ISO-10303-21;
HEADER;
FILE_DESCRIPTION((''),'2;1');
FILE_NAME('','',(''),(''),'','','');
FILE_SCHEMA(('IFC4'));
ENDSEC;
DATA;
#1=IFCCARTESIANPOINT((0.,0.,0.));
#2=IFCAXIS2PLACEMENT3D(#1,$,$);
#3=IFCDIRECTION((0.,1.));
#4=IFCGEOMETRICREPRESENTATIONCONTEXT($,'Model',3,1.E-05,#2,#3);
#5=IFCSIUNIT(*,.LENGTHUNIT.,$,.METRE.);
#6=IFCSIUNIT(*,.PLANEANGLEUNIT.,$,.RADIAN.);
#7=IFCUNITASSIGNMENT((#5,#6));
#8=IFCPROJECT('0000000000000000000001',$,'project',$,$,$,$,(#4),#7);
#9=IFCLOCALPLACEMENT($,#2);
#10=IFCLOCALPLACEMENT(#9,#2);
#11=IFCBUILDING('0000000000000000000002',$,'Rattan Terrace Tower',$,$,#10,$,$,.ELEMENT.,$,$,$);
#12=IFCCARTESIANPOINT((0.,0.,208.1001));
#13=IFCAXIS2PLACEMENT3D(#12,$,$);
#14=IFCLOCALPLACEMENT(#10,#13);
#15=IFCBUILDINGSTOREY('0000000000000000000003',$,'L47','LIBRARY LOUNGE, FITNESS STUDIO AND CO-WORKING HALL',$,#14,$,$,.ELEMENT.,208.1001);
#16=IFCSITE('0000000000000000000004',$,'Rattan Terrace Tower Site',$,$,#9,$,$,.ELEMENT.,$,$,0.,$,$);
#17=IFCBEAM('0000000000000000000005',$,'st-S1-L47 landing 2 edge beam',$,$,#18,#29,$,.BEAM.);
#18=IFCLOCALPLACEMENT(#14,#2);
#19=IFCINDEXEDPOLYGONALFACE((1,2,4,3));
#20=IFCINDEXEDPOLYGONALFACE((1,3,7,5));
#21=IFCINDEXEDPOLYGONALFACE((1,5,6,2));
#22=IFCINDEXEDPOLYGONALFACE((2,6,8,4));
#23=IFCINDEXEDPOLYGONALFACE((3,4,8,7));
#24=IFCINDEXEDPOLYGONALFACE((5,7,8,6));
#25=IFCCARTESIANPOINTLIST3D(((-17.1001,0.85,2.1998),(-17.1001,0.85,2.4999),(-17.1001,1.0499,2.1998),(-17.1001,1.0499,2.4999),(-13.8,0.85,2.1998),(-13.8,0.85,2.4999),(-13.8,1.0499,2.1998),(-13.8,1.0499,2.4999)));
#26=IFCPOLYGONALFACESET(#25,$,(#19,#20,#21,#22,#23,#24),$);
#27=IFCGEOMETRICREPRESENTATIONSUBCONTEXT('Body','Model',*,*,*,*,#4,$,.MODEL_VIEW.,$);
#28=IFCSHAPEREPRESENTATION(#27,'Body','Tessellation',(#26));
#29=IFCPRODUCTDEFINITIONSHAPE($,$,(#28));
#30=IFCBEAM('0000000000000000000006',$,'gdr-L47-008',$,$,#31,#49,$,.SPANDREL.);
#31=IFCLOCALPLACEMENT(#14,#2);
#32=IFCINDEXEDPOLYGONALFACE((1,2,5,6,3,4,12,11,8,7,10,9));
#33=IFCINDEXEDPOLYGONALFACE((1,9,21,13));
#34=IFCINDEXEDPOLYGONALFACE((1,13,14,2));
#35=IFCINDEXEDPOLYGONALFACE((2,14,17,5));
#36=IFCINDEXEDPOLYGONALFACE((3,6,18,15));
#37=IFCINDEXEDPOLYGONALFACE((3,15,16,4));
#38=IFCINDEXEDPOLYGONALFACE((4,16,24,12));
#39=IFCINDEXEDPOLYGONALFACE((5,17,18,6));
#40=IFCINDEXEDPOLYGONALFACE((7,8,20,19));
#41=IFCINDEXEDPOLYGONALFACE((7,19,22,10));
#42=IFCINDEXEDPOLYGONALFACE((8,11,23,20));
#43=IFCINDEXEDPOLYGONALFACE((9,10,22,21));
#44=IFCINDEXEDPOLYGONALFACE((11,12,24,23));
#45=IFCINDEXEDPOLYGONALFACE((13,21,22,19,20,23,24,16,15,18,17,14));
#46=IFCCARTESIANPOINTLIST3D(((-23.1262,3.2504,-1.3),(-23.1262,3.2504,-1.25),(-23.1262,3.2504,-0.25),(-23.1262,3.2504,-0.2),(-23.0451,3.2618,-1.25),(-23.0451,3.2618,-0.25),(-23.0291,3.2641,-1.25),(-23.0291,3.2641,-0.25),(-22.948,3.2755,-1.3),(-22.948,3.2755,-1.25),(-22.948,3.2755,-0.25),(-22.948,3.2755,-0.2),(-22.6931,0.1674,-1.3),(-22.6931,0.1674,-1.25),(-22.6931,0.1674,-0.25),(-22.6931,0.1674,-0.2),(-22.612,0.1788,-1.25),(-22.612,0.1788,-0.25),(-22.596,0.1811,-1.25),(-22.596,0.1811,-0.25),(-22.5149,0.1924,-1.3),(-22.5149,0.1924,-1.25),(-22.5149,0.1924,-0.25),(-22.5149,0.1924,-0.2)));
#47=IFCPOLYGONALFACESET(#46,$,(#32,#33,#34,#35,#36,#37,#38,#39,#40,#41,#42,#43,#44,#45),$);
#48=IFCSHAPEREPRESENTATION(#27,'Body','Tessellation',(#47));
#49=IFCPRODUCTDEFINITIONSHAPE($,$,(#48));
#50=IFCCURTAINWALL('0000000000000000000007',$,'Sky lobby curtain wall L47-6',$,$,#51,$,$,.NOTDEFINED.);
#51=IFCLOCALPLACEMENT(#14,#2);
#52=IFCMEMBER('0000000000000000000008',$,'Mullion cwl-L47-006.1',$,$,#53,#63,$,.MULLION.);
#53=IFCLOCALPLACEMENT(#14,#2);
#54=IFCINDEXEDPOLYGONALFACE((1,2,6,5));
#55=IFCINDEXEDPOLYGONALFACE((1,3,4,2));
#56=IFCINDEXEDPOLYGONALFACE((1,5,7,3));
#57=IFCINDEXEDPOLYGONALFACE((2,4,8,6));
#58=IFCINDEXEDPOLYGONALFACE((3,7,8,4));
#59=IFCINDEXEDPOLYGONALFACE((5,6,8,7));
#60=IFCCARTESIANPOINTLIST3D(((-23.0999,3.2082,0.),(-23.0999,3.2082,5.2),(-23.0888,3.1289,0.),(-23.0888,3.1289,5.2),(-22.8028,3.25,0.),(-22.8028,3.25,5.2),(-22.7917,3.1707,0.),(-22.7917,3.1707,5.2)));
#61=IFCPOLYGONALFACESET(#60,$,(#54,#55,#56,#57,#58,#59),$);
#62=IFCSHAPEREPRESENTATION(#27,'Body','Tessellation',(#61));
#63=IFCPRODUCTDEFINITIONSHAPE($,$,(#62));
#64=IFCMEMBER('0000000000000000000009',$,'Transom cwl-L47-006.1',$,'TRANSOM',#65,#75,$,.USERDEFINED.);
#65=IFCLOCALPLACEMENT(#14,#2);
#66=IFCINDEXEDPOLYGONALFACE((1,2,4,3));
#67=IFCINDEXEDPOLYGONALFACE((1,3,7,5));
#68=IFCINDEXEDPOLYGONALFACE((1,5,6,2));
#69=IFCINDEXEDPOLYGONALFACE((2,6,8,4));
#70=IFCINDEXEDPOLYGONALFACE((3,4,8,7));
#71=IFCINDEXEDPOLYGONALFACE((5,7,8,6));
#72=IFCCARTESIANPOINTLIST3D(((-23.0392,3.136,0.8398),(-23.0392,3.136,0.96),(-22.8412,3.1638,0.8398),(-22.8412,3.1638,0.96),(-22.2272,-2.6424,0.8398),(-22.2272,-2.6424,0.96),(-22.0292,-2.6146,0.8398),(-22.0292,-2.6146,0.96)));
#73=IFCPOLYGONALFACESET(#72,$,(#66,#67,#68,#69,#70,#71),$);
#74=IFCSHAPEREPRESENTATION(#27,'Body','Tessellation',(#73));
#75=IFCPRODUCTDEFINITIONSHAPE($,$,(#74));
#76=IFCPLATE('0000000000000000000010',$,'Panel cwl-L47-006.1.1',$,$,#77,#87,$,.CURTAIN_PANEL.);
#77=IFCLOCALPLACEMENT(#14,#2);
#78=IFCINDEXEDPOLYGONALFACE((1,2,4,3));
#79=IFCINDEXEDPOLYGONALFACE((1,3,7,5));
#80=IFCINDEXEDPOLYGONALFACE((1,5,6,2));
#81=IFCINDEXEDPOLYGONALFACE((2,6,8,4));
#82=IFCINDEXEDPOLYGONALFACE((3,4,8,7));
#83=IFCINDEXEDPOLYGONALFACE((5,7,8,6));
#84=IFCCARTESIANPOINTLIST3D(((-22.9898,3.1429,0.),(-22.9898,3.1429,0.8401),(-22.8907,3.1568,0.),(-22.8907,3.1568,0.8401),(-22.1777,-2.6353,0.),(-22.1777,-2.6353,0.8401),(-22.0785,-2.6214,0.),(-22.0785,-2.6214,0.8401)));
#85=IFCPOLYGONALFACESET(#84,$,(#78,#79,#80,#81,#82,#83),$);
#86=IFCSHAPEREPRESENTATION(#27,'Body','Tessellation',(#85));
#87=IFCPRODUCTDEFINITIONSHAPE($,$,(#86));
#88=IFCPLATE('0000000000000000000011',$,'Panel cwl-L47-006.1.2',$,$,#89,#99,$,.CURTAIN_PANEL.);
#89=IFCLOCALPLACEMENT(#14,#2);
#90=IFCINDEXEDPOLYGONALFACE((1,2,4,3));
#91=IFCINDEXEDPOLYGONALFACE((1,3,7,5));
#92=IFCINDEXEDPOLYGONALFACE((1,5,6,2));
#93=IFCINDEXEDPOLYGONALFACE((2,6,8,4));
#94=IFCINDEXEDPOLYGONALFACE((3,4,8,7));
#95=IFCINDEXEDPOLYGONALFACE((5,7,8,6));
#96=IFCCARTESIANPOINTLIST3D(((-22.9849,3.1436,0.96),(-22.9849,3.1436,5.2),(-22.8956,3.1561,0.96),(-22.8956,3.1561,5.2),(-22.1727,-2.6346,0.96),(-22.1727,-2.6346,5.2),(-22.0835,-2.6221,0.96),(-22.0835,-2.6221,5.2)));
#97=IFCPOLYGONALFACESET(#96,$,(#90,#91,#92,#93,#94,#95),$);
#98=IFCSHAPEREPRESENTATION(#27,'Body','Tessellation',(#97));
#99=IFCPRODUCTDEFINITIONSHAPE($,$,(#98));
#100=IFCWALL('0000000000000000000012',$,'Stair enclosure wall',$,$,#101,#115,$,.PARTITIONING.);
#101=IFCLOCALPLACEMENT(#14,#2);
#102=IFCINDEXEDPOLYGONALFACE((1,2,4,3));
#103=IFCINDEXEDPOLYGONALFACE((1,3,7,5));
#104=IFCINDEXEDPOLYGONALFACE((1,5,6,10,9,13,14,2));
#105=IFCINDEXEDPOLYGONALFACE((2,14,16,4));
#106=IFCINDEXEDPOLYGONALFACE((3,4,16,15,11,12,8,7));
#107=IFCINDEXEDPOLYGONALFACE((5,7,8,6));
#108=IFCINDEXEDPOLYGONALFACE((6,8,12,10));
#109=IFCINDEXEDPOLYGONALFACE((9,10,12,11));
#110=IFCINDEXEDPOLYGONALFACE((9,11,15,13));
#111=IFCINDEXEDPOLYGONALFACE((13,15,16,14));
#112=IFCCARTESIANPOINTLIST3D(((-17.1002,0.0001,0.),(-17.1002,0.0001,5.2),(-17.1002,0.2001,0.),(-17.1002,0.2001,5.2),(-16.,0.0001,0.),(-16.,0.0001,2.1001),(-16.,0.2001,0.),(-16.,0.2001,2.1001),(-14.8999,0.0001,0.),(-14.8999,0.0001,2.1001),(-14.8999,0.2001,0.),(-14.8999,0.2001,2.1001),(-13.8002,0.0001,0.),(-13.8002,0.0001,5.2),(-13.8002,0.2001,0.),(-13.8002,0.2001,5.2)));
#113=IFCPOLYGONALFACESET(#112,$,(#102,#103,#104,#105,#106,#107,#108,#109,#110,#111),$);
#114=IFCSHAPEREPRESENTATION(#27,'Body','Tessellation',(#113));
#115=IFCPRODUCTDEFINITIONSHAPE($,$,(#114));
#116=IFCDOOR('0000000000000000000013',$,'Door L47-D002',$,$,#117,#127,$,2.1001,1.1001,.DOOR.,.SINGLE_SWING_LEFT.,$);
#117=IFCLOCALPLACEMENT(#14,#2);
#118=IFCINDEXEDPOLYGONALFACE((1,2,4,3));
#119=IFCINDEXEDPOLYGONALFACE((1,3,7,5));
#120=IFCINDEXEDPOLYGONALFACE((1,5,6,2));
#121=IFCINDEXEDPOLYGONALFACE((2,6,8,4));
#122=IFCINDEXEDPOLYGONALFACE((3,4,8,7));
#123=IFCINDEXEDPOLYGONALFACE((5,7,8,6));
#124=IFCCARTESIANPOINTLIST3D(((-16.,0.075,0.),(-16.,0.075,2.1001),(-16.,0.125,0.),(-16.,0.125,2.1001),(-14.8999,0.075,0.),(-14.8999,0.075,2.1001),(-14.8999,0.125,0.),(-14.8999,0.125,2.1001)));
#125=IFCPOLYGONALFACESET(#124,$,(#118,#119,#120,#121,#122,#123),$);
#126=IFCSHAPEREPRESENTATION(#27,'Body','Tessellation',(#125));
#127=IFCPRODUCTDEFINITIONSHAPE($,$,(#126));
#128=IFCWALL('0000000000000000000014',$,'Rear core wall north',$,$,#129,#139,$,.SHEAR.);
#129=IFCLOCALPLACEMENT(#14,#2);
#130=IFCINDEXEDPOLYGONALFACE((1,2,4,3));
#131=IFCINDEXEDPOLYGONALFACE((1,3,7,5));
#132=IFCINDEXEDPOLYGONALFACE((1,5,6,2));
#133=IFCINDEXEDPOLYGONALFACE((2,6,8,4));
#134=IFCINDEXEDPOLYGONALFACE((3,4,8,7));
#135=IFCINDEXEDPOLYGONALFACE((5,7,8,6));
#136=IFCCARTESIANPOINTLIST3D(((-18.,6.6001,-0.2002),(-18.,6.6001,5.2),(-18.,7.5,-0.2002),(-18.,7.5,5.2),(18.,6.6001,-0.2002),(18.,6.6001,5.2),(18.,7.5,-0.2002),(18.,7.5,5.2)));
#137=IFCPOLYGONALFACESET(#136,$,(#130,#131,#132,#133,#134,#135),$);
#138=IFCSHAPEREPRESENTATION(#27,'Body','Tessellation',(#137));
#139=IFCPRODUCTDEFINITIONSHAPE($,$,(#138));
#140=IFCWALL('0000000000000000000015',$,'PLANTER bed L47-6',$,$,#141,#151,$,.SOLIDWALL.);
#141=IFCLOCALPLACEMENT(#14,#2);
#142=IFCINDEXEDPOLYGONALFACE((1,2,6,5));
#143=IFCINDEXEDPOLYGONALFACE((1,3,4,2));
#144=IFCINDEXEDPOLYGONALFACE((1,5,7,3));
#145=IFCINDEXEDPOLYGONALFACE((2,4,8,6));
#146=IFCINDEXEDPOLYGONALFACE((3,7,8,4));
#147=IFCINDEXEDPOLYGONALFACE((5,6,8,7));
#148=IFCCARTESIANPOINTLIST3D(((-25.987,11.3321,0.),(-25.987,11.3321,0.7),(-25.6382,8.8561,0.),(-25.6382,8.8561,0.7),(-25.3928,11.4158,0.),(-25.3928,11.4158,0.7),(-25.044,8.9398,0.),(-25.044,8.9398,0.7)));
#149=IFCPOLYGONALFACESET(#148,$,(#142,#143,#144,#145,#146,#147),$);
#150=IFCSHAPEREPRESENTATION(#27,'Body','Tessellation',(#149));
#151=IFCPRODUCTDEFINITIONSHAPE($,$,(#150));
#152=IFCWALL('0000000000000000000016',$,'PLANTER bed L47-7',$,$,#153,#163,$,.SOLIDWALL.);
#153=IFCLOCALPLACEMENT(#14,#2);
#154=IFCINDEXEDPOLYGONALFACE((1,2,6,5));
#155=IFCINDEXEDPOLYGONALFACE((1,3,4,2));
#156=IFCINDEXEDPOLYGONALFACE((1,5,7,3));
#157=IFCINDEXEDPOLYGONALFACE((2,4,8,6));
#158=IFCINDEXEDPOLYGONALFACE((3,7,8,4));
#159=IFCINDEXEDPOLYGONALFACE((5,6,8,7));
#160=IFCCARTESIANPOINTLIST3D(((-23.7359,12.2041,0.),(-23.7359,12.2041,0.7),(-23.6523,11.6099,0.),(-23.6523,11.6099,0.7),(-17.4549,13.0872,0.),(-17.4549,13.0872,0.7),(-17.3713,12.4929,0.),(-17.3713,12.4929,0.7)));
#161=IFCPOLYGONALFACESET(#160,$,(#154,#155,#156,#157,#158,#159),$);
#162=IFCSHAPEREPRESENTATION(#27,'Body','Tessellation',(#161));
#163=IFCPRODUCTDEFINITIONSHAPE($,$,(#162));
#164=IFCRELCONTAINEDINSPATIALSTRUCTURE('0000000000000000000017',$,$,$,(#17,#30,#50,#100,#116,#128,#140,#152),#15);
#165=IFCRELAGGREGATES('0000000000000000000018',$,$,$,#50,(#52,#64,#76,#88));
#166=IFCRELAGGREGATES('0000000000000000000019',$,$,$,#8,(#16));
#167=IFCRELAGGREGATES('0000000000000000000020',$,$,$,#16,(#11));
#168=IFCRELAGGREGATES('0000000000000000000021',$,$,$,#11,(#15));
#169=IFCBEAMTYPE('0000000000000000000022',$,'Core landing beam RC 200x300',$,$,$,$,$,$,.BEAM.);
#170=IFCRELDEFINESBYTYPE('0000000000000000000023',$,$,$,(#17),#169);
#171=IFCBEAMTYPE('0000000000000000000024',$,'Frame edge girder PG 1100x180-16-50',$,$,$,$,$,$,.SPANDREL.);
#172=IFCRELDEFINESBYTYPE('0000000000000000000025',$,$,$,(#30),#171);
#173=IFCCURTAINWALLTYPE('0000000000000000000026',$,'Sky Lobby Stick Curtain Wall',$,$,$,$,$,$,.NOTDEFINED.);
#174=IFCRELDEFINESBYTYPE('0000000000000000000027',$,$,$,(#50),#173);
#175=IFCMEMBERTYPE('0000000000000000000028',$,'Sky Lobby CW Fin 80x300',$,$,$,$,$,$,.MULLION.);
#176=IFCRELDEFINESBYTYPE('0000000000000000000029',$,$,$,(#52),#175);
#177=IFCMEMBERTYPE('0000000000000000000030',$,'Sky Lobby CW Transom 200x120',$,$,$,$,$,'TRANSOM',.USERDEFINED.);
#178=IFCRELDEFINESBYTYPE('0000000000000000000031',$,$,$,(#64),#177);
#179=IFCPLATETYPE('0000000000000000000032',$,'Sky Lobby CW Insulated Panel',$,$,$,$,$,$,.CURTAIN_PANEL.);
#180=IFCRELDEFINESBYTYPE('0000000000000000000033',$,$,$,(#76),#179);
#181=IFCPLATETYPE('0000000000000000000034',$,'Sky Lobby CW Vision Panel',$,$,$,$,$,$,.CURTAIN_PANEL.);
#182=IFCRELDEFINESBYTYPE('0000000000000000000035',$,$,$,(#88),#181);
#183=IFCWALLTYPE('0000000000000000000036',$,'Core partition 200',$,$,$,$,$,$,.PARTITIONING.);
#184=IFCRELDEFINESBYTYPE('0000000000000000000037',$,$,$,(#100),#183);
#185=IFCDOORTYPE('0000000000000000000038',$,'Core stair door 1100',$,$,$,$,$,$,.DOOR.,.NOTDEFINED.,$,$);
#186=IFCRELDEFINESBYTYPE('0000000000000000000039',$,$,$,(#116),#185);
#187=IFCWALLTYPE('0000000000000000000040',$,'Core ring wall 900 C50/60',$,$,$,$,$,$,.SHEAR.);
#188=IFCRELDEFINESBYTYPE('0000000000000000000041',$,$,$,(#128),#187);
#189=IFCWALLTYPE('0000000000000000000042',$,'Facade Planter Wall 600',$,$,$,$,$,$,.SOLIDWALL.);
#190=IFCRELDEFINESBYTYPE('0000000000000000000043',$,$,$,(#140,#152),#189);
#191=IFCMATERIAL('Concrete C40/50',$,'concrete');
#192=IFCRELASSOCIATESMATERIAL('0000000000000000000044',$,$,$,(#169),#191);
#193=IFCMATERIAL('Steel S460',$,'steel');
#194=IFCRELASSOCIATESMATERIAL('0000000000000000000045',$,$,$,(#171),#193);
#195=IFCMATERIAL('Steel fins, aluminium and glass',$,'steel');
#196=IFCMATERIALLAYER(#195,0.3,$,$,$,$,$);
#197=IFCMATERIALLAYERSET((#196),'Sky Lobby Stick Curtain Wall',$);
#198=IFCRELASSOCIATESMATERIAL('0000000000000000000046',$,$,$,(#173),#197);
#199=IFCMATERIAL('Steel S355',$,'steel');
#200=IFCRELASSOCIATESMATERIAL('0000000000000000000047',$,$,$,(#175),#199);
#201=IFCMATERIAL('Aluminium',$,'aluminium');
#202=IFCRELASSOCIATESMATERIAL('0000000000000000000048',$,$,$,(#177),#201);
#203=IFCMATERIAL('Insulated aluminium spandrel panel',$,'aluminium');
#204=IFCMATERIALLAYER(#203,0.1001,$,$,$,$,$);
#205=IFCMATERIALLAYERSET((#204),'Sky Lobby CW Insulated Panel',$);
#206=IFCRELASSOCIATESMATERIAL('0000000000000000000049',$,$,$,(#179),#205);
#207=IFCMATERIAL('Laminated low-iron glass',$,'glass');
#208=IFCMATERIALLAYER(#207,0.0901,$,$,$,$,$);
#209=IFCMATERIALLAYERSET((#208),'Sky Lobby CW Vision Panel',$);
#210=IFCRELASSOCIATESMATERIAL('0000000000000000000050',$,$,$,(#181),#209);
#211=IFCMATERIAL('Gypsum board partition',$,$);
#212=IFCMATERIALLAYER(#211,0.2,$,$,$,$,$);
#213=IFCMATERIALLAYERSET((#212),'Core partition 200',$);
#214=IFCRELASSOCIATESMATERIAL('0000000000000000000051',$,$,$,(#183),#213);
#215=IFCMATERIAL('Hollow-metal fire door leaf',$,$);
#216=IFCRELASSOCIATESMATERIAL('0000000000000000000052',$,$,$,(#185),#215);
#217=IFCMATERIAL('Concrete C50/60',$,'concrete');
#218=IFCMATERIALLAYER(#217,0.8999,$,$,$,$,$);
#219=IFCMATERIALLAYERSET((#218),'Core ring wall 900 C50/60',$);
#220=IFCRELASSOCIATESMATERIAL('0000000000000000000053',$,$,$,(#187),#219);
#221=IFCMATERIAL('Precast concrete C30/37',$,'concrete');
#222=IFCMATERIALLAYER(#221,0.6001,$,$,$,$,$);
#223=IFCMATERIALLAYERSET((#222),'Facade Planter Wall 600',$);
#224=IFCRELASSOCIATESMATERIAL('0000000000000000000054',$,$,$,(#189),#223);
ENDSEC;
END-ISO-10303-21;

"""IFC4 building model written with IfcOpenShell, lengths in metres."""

from ifc_helpers import new_model, si_unit, direction, frame, frame_2d, origin, origin_2d, place, context, subcontext, project, spatial, rectangle, i_section, extrude, material, layer, layer_set, material_profile, profile_set, type_object, element, fill, aggregate, save


model = new_model("IFC4")

# Units and contexts
model_context = context("Model", 3, precision=1e-05, world=origin(), true_north=direction((0.0, 1.0)))
body_context = subcontext(model_context, "Body", "Model", "MODEL_VIEW")
ifc_project = project(units=[si_unit("LENGTHUNIT", "METRE"), si_unit("PLANEANGLEUNIT", "RADIAN")], contexts=[model_context])

# Site, building, storey
site_placement = place(None, origin())
site = spatial("IfcSite", under=ifc_project, at=site_placement, Name="Rattan Terrace Tower Site", CompositionType="ELEMENT", RefElevation=0.0)
building_placement = place(site_placement, origin())
building = spatial("IfcBuilding", under=site, at=building_placement, Name="Rattan Terrace Tower", CompositionType="ELEMENT")
storey_placement = place(building_placement, frame((0.0, 0.0, 208.1001)))
storey = spatial("IfcBuildingStorey", under=building, at=storey_placement, Name="L47", Description="LIBRARY LOUNGE, FITNESS STUDIO AND CO-WORKING HALL", CompositionType="ELEMENT", Elevation=208.1001)

# Beams
ifc_material_1 = material(Name="Concrete C40/50", Category="concrete")
ifc_material_profile_1 = material_profile(ifc_material_1, rectangle(XDim=0.2, YDim=0.3, at=origin_2d()), Name="RC 200x300")
ifc_profile_set_1 = profile_set([ifc_material_profile_1], Name="Concrete C40/50")
beam_type_1 = type_object("IfcBeamType", Name="Core landing beam RC 200x300", PredefinedType="BEAM", material=ifc_profile_set_1)
beam_1_placement = place(storey_placement, frame((-17.1001, 0.95, 2.3499), z_axis=(1.0, 0.0, 0.0), x_axis=(0.0, 1.0, 0.0)))
element("IfcBeam", 1, at=beam_1_placement, inside=storey, type_object=beam_type_1, Name="st-S1-L47 landing 2 edge beam", PredefinedType="BEAM", context=body_context, shape_type="SweptSolid", body=[
    extrude(rectangle(XDim=0.2, YDim=0.3, at=origin_2d()), origin(), (0.0, 0.0, 1.0), 3.3),
])
ifc_material_2 = material(Name="Steel S460", Category="steel")
ifc_material_profile_2 = material_profile(ifc_material_2, i_section(OverallWidth=0.1799, OverallDepth=1.1001, WebThickness=0.0161, FlangeThickness=0.05, at=origin_2d()), Name="PG 1100x180-16-50")
ifc_profile_set_2 = profile_set([ifc_material_profile_2], Name="Steel S460")
beam_type_2 = type_object("IfcBeamType", Name="Frame edge girder PG 1100x180-16-50", PredefinedType="SPANDREL", material=ifc_profile_set_2)
beam_2_placement = place(storey_placement, frame((-22.604, 0.1799, -0.75), z_axis=(-0.139115, 0.990276, 0.0), x_axis=(-0.990276, -0.139115, 0.0)))
element("IfcBeam", 2, at=beam_2_placement, inside=storey, type_object=beam_type_2, Name="gdr-L47-008", PredefinedType="SPANDREL", context=body_context, shape_type="SweptSolid", body=[
    extrude(i_section(OverallWidth=0.1799, OverallDepth=1.1001, WebThickness=0.0161, FlangeThickness=0.05, at=origin_2d()), origin(), (0.0, 0.0, 1.0), 3.1133),
])

# Curtain wall, members, plates
ifc_material_3 = material(Name="Steel fins, aluminium and glass", Category="steel")
ifc_layer_1 = layer(ifc_material_3, 0.3)
ifc_layer_set_1 = layer_set([ifc_layer_1], Name="Sky Lobby Stick Curtain Wall")
curtain_wall_type = type_object("IfcCurtainWallType", Name="Sky Lobby Stick Curtain Wall", PredefinedType="NOTDEFINED", material=ifc_layer_set_1)
curtain_wall_placement = place(storey_placement, origin())
curtain_wall = element("IfcCurtainWall", 3, at=curtain_wall_placement, inside=storey, type_object=curtain_wall_type, Name="Sky lobby curtain wall L47-6", PredefinedType="NOTDEFINED")
ifc_material_4 = material(Name="Steel S355", Category="steel")
ifc_material_profile_3 = material_profile(ifc_material_4, rectangle(XDim=0.0801, YDim=0.3, at=origin_2d()), Name="Steel S355 80x300")
ifc_profile_set_3 = profile_set([ifc_material_profile_3], Name="Steel S355")
member_type_1 = type_object("IfcMemberType", Name="Sky Lobby CW Fin 80x300", PredefinedType="MULLION", material=ifc_profile_set_3)
member_1_placement = place(storey_placement, frame((-22.9458, 3.1895, 0.0), z_axis=(0.0, 0.0, 1.0), x_axis=(0.139186, -0.990266, 0.0)))
member_1 = element("IfcMember", 4, at=member_1_placement, type_object=member_type_1, Name="Mullion cwl-L47-006.1", PredefinedType="MULLION", context=body_context, shape_type="SweptSolid", body=[
    extrude(rectangle(XDim=0.0801, YDim=0.3, at=origin_2d()), origin(), (0.0, 0.0, 1.0), 5.2),
])
ifc_material_5 = material(Name="Aluminium", Category="aluminium")
ifc_material_profile_4 = material_profile(ifc_material_5, rectangle(XDim=0.2, YDim=0.1201, at=origin_2d()), Name="Aluminium 200x120")
ifc_profile_set_4 = profile_set([ifc_material_profile_4], Name="Aluminium")
member_type_2 = type_object("IfcMemberType", Name="Sky Lobby CW Transom 200x120", ElementType="TRANSOM", PredefinedType="USERDEFINED", material=ifc_profile_set_4)
member_2_placement = place(storey_placement, frame((-22.9402, 3.1499, 0.8999), z_axis=(0.13916, -0.99027, 0.0), x_axis=(0.99027, 0.13916, 0.0)))
member_2 = element("IfcMember", 5, at=member_2_placement, type_object=member_type_2, Name="Transom cwl-L47-006.1", ObjectType="TRANSOM", PredefinedType="USERDEFINED", context=body_context, shape_type="SweptSolid", body=[
    extrude(rectangle(XDim=0.2, YDim=0.1201, at=origin_2d()), origin(), (0.0, 0.0, 1.0), 5.8352),
])
ifc_material_6 = material(Name="Insulated aluminium spandrel panel", Category="aluminium")
ifc_layer_2 = layer(ifc_material_6, 0.1001)
ifc_layer_set_2 = layer_set([ifc_layer_2], Name="Sky Lobby CW Insulated Panel")
plate_type_1 = type_object("IfcPlateType", Name="Sky Lobby CW Insulated Panel", PredefinedType="CURTAIN_PANEL", material=ifc_layer_set_2)
plate_1_placement = place(storey_placement, frame((-22.5342, 0.2607, 0.0), z_axis=(0.0, 0.0, 1.0), x_axis=(0.139186, -0.990266, 0.0)))
plate_1 = element("IfcPlate", 6, at=plate_1_placement, type_object=plate_type_1, Name="Panel cwl-L47-006.1.1", PredefinedType="CURTAIN_PANEL", context=body_context, shape_type="SweptSolid", body=[
    extrude(rectangle(XDim=5.835, YDim=0.1001, at=origin_2d()), origin(), (0.0, 0.0, 1.0), 0.8401),
])
ifc_material_7 = material(Name="Laminated low-iron glass", Category="glass")
ifc_layer_3 = layer(ifc_material_7, 0.0901)
ifc_layer_set_3 = layer_set([ifc_layer_3], Name="Sky Lobby CW Vision Panel")
plate_type_2 = type_object("IfcPlateType", Name="Sky Lobby CW Vision Panel", PredefinedType="CURTAIN_PANEL", material=ifc_layer_set_3)
plate_2_placement = place(storey_placement, frame((-22.5342, 0.2607, 0.96), z_axis=(0.0, 0.0, 1.0), x_axis=(0.139186, -0.990266, 0.0)))
plate_2 = element("IfcPlate", 7, at=plate_2_placement, type_object=plate_type_2, Name="Panel cwl-L47-006.1.2", PredefinedType="CURTAIN_PANEL", context=body_context, shape_type="SweptSolid", body=[
    extrude(rectangle(XDim=5.835, YDim=0.0901, at=origin_2d()), origin(), (0.0, 0.0, 1.0), 4.24),
])
aggregate(curtain_wall, [member_1, member_2, plate_1, plate_2])

# Wall, opening, door
ifc_material_8 = material(Name="Gypsum board partition")
ifc_layer_4 = layer(ifc_material_8, 0.2)
ifc_layer_set_4 = layer_set([ifc_layer_4], Name="Core partition 200")
wall_type_1 = type_object("IfcWallType", Name="Core partition 200", PredefinedType="PARTITIONING", material=ifc_layer_set_4)
wall_1_placement = place(storey_placement, frame((-17.1001, 0.1001, 0.0), z_axis=(0.0, 0.0, 1.0), x_axis=(1.0, 0.0, 0.0)))
wall_1 = element("IfcWall", 8, at=wall_1_placement, inside=storey, type_object=wall_type_1, Name="Stair enclosure wall", PredefinedType="PARTITIONING", context=body_context, shape_type="SweptSolid", body=[
    extrude(rectangle(XDim=3.3, YDim=0.2, at=frame_2d((1.6499, 0.0))), origin(), (0.0, 0.0, 1.0), 5.2),
])
opening_placement = place(wall_1_placement, frame((1.1001, 0.0, 0.0)))
opening = element("IfcOpeningElement", 9, at=opening_placement, cuts=wall_1, PredefinedType="OPENING", context=body_context, shape_type="SweptSolid", body=[
    extrude(rectangle(XDim=1.1001, YDim=2.1001, at=frame_2d((0.55, 1.05))), frame((0.0, 0.1106, 0.0), z_axis=(0.0, -1.0, 0.0), x_axis=(1.0, 0.0, 0.0)), (0.0, 0.0, 1.0), 0.2209),
])
ifc_material_9 = material(Name="Hollow-metal fire door leaf")
door_type = type_object("IfcDoorType", Name="Core stair door 1100", OperationType="NOTDEFINED", PredefinedType="DOOR", material=ifc_material_9)
door_placement = place(opening_placement, origin())
door = element("IfcDoor", 10, at=door_placement, inside=storey, type_object=door_type, Name="Door L47-D002", OperationType="SINGLE_SWING_LEFT", OverallHeight=2.1001, OverallWidth=1.1001, PredefinedType="DOOR", context=body_context, shape_type="SweptSolid", body=[
    extrude(rectangle(XDim=1.1001, YDim=2.1001, at=frame_2d((0.55, 1.05))), frame((0.0, 0.0249, 0.0), z_axis=(0.0, -1.0, 0.0), x_axis=(1.0, 0.0, 0.0)), (0.0, 0.0, 1.0), 0.05),
])
fill(opening, door)

# Walls
ifc_material_10 = material(Name="Concrete C50/60", Category="concrete")
ifc_layer_5 = layer(ifc_material_10, 0.8999)
ifc_layer_set_5 = layer_set([ifc_layer_5], Name="Core ring wall 900 C50/60")
wall_type_2 = type_object("IfcWallType", Name="Core ring wall 900 C50/60", PredefinedType="SHEAR", material=ifc_layer_set_5)
wall_2_placement = place(storey_placement, frame((-18.0, 7.05, -0.2002), z_axis=(0.0, 0.0, 1.0), x_axis=(1.0, 0.0, 0.0)))
element("IfcWall", 11, at=wall_2_placement, inside=storey, type_object=wall_type_2, Name="Rear core wall north", PredefinedType="SHEAR", context=body_context, shape_type="SweptSolid", body=[
    extrude(rectangle(XDim=36.0, YDim=0.8999, at=frame_2d((18.0, 0.0))), origin(), (0.0, 0.0, 1.0), 5.4001),
])
ifc_material_11 = material(Name="Precast concrete C30/37", Category="concrete")
ifc_layer_6 = layer(ifc_material_11, 0.6001)
ifc_layer_set_6 = layer_set([ifc_layer_6], Name="Facade Planter Wall 600")
wall_type_3 = type_object("IfcWallType", Name="Facade Planter Wall 600", PredefinedType="SOLIDWALL", material=ifc_layer_set_6)
wall_3_placement = place(storey_placement, frame((-25.3411, 8.8979, 0.0), z_axis=(0.0, 0.0, 1.0), x_axis=(-0.139521, 0.990219, 0.0)))
element("IfcWall", 12, at=wall_3_placement, inside=storey, type_object=wall_type_3, Name="PLANTER bed L47-6", PredefinedType="SOLIDWALL", context=body_context, shape_type="SweptSolid", body=[
    extrude(rectangle(XDim=2.5005, YDim=0.6001, at=frame_2d((1.2502, 0.0))), origin(), (0.0, 0.0, 1.0), 0.7),
])
wall_4_placement = place(storey_placement, frame((-23.6941, 11.907, 0.0), z_axis=(0.0, 0.0, 1.0), x_axis=(0.990261, 0.139222, 0.0)))
element("IfcWall", 13, at=wall_4_placement, inside=storey, type_object=wall_type_3, Name="PLANTER bed L47-7", PredefinedType="SOLIDWALL", context=body_context, shape_type="SweptSolid", body=[
    extrude(rectangle(XDim=6.3428, YDim=0.6001, at=frame_2d((3.1714, 0.0))), origin(), (0.0, 0.0, 1.0), 0.7),
])

save(model, "model.ifc")
